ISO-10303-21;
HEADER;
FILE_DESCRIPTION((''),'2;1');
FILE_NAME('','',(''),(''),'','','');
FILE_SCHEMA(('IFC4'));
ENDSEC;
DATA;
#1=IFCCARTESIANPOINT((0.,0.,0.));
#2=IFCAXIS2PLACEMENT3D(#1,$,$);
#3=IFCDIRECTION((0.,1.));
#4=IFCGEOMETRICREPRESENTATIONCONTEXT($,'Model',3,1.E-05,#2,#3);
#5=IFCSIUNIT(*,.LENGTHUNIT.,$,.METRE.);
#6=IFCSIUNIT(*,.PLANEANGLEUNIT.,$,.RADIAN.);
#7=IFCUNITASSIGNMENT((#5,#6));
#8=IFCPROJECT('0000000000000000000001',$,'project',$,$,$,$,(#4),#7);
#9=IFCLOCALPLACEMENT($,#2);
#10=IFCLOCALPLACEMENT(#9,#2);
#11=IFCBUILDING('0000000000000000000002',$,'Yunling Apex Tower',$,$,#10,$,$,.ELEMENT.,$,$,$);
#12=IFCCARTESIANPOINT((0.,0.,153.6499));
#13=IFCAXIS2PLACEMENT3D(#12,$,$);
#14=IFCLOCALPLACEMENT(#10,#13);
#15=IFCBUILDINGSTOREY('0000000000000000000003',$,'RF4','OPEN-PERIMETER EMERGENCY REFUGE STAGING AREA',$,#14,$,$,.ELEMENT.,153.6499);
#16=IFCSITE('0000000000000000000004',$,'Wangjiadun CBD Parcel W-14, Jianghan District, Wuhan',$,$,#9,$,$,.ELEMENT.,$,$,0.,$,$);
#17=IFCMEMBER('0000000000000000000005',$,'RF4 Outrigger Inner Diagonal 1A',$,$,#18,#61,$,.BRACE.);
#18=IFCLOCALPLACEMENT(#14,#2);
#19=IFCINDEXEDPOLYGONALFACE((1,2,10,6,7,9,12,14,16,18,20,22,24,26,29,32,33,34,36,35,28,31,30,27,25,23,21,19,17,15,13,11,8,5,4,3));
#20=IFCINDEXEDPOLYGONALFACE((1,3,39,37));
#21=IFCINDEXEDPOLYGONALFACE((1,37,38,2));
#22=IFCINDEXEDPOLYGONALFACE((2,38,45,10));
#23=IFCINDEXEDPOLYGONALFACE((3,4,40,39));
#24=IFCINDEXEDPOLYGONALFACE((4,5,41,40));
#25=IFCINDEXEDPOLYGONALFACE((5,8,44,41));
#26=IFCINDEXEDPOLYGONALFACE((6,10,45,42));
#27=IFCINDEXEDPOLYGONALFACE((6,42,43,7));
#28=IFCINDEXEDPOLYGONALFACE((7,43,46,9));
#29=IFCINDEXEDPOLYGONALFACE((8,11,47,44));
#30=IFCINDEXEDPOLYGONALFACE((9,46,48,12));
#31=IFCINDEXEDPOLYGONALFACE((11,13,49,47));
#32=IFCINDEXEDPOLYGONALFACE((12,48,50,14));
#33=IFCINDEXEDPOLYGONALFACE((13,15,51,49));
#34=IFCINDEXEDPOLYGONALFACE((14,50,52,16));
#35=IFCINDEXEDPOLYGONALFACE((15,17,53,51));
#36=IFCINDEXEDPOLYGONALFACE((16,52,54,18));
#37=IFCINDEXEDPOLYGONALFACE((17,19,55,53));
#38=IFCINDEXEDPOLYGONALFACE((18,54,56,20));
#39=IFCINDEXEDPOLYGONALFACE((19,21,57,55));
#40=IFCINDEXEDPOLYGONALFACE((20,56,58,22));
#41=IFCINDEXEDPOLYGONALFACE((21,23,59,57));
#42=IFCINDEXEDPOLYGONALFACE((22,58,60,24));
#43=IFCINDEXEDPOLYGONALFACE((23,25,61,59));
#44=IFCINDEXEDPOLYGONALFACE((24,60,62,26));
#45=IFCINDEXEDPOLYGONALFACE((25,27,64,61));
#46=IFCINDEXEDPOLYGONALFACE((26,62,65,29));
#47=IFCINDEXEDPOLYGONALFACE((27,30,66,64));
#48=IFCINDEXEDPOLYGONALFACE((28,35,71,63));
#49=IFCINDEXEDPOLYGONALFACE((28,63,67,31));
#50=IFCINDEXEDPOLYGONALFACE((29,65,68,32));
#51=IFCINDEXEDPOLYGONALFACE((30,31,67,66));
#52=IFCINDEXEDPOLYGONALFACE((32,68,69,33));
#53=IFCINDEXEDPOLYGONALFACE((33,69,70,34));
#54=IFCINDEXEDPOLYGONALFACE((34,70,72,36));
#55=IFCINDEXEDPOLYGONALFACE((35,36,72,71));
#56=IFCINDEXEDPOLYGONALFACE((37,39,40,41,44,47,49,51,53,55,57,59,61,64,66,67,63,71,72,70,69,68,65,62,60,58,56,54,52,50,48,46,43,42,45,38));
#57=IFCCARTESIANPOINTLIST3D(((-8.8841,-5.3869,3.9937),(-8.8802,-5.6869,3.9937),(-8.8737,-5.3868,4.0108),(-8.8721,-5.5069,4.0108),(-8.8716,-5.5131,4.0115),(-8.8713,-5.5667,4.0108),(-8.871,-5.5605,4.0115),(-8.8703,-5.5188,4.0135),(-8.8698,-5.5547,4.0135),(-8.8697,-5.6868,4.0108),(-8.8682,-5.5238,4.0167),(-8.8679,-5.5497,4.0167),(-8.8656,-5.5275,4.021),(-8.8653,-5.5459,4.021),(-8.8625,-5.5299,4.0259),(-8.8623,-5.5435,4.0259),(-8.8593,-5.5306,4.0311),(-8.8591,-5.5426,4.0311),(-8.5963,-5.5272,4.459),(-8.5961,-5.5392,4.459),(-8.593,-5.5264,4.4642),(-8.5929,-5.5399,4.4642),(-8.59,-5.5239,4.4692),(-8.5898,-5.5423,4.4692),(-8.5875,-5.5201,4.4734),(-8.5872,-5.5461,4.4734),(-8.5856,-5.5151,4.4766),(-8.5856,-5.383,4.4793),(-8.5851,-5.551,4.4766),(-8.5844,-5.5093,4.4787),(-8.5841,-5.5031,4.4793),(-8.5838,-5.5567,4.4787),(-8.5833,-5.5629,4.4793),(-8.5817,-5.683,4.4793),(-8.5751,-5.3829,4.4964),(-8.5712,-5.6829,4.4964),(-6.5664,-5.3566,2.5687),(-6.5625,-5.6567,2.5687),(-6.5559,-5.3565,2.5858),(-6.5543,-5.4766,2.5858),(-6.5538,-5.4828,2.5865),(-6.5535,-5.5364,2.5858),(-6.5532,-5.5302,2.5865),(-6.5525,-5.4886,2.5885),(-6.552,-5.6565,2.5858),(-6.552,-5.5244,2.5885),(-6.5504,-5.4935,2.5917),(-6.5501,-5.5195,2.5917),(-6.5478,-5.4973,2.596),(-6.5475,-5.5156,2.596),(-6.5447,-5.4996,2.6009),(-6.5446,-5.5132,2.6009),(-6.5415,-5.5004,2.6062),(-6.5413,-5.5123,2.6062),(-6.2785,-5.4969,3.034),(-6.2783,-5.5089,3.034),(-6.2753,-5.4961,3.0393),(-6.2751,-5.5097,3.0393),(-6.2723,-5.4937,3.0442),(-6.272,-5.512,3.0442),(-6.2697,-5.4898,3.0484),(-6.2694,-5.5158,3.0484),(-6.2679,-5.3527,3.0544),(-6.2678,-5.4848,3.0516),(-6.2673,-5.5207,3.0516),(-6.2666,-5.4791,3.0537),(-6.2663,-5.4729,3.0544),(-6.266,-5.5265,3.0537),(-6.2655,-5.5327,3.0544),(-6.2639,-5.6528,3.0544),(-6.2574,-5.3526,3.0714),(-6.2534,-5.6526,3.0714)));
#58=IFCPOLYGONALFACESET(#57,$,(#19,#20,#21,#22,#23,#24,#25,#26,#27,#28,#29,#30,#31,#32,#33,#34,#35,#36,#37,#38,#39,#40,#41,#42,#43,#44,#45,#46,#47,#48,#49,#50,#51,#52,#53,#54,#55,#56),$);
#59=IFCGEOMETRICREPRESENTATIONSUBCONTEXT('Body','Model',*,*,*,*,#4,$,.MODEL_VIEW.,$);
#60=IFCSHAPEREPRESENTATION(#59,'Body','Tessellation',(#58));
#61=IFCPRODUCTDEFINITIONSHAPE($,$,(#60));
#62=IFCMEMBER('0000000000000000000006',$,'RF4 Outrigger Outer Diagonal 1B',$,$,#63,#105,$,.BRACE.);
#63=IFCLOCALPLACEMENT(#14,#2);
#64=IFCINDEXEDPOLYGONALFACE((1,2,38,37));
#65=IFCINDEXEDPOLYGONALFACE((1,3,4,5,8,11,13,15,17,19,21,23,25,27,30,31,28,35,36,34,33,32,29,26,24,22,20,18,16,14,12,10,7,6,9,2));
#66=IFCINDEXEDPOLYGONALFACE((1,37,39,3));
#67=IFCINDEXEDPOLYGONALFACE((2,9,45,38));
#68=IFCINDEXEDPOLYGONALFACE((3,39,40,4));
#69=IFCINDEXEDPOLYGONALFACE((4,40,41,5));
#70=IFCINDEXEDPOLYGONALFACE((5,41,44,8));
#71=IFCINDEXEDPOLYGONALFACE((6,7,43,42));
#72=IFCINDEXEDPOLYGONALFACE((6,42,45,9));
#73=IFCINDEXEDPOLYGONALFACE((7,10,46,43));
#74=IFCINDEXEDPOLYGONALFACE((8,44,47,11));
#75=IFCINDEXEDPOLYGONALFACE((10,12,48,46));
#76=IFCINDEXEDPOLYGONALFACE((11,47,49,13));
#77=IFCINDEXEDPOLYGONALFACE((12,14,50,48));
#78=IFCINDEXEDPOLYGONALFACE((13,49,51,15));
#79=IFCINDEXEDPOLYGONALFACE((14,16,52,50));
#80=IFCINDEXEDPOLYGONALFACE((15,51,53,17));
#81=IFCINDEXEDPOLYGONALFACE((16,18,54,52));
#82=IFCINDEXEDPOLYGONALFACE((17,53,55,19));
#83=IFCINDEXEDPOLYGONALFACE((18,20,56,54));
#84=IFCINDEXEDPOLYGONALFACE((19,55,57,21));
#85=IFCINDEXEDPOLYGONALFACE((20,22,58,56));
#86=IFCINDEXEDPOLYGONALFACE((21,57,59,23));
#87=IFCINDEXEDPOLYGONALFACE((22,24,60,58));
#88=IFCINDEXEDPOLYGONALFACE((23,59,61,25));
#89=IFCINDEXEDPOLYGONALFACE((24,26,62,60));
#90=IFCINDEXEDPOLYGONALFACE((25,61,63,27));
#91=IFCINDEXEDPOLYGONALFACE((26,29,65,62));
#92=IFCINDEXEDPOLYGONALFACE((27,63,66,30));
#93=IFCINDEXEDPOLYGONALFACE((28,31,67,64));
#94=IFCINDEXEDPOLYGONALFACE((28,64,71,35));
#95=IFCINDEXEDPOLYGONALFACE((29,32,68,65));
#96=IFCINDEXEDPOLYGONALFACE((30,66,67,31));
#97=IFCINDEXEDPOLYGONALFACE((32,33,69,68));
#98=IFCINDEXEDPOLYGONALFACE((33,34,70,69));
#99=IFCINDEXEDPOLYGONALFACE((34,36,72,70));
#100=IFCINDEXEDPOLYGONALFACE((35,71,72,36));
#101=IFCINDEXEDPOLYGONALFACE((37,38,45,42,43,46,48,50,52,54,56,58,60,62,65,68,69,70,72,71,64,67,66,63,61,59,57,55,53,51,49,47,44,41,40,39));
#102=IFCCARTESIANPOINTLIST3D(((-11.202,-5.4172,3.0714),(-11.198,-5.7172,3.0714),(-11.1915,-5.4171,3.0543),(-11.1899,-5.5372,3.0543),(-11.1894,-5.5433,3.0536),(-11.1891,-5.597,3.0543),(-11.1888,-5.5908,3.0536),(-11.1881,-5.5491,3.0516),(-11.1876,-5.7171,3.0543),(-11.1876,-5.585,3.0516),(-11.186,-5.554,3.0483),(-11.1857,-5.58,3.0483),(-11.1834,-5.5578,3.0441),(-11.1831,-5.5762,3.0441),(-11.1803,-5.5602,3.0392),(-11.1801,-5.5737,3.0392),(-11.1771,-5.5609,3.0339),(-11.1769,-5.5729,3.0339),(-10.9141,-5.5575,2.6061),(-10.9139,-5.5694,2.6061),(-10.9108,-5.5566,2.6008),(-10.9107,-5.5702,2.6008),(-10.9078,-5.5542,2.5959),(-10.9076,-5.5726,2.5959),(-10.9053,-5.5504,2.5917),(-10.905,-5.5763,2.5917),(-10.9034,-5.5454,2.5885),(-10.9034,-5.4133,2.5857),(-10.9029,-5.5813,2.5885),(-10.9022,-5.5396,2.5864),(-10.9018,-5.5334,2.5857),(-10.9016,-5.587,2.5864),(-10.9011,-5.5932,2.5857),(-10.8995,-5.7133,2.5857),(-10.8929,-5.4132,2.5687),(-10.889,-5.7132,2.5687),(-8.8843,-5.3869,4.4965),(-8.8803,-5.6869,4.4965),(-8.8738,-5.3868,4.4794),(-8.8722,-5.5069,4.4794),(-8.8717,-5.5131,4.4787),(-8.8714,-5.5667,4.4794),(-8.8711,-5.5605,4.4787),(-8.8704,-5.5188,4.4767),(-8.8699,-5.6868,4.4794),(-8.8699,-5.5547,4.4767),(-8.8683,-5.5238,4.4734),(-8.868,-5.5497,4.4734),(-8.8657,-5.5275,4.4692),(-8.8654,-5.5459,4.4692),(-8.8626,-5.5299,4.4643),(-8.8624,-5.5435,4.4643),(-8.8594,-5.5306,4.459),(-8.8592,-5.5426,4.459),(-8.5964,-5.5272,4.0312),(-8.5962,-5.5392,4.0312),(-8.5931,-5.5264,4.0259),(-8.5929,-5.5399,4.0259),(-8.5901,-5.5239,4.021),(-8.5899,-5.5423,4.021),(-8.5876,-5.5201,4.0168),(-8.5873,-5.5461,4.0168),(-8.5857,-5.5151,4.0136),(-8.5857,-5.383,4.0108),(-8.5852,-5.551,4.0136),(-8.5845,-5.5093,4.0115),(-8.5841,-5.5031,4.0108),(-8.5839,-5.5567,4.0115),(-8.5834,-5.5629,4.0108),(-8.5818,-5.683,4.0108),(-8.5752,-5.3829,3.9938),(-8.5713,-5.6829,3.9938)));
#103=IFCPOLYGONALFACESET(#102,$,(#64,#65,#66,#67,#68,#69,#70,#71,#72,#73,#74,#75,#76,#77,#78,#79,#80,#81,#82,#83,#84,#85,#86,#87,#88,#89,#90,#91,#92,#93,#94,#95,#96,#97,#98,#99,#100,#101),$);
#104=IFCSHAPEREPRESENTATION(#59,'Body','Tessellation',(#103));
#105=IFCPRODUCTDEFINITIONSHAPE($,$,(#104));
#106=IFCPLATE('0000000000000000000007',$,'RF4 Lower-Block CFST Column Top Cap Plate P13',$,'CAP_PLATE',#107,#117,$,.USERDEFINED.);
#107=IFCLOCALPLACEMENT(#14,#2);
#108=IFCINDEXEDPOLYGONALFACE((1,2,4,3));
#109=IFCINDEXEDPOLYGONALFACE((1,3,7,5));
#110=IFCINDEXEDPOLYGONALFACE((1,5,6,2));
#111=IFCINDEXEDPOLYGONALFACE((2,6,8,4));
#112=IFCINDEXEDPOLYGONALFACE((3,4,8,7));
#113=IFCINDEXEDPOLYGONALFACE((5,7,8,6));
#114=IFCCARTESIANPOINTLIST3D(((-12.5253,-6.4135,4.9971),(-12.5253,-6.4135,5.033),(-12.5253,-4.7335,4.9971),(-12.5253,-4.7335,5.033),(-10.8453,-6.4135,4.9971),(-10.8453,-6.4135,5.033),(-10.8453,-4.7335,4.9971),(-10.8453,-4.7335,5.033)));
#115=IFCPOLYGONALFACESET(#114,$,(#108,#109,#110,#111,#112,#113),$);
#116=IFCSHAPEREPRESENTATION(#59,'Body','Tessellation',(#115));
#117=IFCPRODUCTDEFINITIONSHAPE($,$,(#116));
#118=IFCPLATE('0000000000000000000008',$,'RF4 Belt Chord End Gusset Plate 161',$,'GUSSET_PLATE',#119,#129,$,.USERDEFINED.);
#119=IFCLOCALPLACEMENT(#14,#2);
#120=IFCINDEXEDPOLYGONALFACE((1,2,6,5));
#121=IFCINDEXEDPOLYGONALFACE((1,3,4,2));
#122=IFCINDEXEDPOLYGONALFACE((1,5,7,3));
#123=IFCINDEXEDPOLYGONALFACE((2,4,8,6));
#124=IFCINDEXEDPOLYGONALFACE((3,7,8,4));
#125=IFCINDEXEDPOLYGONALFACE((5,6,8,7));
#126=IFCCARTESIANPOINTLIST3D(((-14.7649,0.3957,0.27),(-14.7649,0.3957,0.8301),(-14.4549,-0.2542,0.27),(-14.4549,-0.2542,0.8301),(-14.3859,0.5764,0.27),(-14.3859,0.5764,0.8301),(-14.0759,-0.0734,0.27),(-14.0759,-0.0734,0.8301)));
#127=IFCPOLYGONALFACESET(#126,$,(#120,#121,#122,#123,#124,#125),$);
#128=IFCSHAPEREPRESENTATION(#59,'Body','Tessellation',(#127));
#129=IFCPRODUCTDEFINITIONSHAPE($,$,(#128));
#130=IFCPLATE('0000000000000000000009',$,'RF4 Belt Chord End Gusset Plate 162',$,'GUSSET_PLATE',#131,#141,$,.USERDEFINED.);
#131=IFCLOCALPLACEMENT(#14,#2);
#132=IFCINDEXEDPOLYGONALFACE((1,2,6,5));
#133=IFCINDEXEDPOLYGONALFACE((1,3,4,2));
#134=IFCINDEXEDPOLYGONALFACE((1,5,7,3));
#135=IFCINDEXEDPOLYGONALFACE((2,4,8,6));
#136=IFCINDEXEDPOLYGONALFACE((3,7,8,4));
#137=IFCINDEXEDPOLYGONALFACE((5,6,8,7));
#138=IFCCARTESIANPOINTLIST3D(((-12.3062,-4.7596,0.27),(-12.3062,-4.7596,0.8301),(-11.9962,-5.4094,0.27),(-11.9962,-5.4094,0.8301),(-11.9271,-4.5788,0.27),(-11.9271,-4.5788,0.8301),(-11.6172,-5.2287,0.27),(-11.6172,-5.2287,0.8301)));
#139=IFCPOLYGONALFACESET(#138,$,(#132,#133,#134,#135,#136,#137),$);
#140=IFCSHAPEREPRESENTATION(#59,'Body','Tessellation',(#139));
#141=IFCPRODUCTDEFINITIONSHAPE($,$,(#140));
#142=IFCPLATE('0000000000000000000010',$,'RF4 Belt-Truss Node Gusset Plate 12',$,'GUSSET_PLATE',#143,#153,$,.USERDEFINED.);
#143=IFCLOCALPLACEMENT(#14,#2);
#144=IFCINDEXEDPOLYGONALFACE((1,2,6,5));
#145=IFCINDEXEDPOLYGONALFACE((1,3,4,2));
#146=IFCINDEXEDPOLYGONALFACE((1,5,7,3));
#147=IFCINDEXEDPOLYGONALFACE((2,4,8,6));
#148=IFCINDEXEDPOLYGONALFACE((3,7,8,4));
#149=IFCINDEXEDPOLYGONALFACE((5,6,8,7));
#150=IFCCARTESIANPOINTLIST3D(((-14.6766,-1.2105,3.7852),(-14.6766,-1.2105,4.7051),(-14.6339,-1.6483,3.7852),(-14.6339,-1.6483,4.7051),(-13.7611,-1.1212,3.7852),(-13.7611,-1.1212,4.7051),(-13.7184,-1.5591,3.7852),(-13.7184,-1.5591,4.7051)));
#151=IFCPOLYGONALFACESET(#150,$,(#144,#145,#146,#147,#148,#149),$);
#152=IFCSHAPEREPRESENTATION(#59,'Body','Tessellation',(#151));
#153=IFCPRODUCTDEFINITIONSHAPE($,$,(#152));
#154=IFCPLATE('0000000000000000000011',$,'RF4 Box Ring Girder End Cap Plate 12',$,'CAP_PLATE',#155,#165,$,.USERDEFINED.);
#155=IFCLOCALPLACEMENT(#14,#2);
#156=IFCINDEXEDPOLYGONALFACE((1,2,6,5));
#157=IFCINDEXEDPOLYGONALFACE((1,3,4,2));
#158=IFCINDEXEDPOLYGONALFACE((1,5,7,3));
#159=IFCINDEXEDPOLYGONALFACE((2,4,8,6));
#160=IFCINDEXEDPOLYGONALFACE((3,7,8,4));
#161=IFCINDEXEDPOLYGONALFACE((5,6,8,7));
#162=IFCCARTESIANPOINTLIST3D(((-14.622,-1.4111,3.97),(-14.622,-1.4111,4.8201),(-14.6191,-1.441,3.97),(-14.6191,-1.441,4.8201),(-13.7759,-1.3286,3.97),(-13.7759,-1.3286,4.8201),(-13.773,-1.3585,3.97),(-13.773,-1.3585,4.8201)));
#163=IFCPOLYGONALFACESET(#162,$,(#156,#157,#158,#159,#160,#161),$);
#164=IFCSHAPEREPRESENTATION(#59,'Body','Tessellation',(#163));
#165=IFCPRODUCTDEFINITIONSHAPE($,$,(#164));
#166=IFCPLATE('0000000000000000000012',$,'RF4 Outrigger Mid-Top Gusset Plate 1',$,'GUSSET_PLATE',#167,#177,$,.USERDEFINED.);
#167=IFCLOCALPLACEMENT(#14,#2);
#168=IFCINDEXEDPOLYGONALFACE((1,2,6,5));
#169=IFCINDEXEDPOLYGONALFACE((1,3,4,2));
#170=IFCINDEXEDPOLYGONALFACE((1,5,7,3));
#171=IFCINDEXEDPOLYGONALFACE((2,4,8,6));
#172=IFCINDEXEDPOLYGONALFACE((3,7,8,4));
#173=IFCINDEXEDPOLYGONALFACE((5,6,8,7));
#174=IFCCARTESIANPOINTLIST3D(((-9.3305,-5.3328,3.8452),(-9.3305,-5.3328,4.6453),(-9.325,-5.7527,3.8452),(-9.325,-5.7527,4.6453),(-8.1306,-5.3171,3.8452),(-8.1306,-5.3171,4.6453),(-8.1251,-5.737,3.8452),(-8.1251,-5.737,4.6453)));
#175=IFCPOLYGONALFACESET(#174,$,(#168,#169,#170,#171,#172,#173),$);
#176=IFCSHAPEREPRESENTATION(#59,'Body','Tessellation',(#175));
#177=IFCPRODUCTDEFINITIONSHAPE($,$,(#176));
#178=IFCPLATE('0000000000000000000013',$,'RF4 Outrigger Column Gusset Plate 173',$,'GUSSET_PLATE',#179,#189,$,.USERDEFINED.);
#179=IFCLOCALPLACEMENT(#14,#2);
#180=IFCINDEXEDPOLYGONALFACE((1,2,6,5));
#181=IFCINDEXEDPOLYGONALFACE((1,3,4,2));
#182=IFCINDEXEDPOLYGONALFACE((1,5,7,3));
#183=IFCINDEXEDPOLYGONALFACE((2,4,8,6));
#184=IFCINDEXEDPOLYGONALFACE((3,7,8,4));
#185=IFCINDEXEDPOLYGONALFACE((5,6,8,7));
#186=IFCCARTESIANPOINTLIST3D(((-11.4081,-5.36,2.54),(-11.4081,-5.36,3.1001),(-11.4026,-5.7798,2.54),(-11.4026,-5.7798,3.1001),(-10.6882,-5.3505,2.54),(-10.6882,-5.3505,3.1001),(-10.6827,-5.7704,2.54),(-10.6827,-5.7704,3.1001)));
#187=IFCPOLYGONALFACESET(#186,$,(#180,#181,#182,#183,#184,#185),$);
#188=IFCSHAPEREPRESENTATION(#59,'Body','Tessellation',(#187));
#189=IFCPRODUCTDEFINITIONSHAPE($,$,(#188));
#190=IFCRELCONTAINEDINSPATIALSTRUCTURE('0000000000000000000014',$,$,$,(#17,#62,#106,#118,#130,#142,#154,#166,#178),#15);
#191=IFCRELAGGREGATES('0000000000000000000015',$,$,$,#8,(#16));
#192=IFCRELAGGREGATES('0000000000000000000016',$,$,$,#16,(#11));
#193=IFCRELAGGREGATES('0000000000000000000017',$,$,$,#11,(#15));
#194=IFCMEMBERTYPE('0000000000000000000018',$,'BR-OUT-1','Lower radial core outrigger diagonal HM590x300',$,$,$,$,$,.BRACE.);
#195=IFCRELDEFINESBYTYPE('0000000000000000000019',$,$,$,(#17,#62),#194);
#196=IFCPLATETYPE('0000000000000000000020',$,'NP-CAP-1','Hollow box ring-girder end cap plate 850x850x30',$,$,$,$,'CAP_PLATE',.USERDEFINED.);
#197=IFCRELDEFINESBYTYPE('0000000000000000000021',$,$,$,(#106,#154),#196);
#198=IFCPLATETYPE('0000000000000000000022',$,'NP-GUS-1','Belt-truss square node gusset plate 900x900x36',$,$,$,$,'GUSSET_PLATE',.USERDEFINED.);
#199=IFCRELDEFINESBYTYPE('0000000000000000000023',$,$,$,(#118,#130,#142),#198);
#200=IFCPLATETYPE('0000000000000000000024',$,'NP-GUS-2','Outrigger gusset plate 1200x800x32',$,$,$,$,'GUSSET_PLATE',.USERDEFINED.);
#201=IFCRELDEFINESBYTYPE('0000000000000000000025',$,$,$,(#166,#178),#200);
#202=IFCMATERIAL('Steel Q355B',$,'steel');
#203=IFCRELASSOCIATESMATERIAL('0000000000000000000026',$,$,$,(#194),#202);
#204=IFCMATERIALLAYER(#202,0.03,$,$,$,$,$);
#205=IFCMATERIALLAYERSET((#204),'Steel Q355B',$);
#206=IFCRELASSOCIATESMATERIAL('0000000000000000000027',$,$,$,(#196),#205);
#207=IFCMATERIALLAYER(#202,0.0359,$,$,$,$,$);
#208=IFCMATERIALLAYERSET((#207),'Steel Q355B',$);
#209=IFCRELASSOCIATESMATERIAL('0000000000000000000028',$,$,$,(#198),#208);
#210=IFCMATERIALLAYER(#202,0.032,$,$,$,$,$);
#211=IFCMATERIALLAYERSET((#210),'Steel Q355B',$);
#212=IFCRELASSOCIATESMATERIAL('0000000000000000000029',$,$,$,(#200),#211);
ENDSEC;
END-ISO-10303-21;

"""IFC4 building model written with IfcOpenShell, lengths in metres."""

from ifc_helpers import new_model, si_unit, direction, frame, origin, origin_2d, place, context, subcontext, project, spatial, rectangle, i_section, extrude, source, transform, mapped, material, layer, layer_set, material_profile, profile_set, type_object, element, save


model = new_model("IFC4")

# Units and contexts
model_context = context("Model", 3, precision=1e-05, world=origin(), true_north=direction((0.0, 1.0)))
body_context = subcontext(model_context, "Body", "Model", "MODEL_VIEW")
ifc_project = project(units=[si_unit("LENGTHUNIT", "METRE"), si_unit("PLANEANGLEUNIT", "RADIAN")], contexts=[model_context])

# Site, building, storey
site_placement = place(None, origin())
site = spatial("IfcSite", under=ifc_project, at=site_placement, Name="Wangjiadun CBD Parcel W-14, Jianghan District, Wuhan", CompositionType="ELEMENT", RefElevation=0.0)
building_placement = place(site_placement, origin())
building = spatial("IfcBuilding", under=site, at=building_placement, Name="Yunling Apex Tower", CompositionType="ELEMENT")
storey_placement = place(building_placement, frame((0.0, 0.0, 153.6499)))
storey = spatial("IfcBuildingStorey", under=building, at=storey_placement, Name="RF4", Description="OPEN-PERIMETER EMERGENCY REFUGE STAGING AREA", CompositionType="ELEMENT", Elevation=153.6499)

# Shared definitions
ifc_material_1 = material(Name="Steel Q355B", Category="steel")

# Members
ifc_material_profile_1 = material_profile(ifc_material_1, i_section(OverallWidth=0.3, OverallDepth=0.5901, WebThickness=0.012, FlangeThickness=0.02, FilletRadius=0.0239, at=origin_2d()))
ifc_profile_set_1 = profile_set([ifc_material_profile_1], Name="Steel Q355B")
member_type_1 = type_object("IfcMemberType", Name="BR-OUT-1", Description="Lower radial core outrigger diagonal HM590x300", PredefinedType="BRACE", material=ifc_profile_set_1)
shared_shape_1 = source(origin(), body_context, "Body", "SweptSolid", [
    extrude(i_section(OverallWidth=0.3, OverallDepth=0.5901, WebThickness=0.012, FlangeThickness=0.02, FilletRadius=0.0239, at=origin_2d()), origin(), (0.0, 0.0, 1.0), 2.7209),
])
for number, where, z_axis, x_axis, name in (
    (1, (-6.4099, -5.5046, 2.8201), (-0.851824, -0.011126, 0.52371), (0.01306, -0.999915, 0.0), "RF4 Outrigger Inner Diagonal 1A"),
    (2, (-8.7278, -5.5349, 4.2451), (-0.8518, -0.011126, -0.52375), (0.013061, -0.999915, 0.0), "RF4 Outrigger Outer Diagonal 1B"),
):
    element("IfcMember", number, at=place(storey_placement, frame(where, z_axis=z_axis, x_axis=x_axis)), inside=storey, type_object=member_type_1, Name=name, PredefinedType="BRACE", context=body_context, shape_type="MappedRepresentation", body=[
        mapped(shared_shape_1, transform((0.0, 0.0, 0.0), scale=1.0)),
    ])

# Plates
ifc_layer_1 = layer(ifc_material_1, 0.03)
ifc_layer_set_1 = layer_set([ifc_layer_1], Name="Steel Q355B")
plate_type_1 = type_object("IfcPlateType", Name="NP-CAP-1", Description="Hollow box ring-girder end cap plate 850x850x30", ElementType="CAP_PLATE", PredefinedType="USERDEFINED", material=ifc_layer_set_1)
shared_shape_2 = source(origin(), body_context, "Body", "SweptSolid", [
    extrude(rectangle(XDim=1.6799, YDim=1.6799, at=origin_2d()), origin(), (0.0, 0.0, 1.0), 0.0359),
])
plate_1_placement = place(storey_placement, frame((-11.6853, -5.5735, 4.9971), z_axis=(0.0, 0.0, 1.0), x_axis=(1.0, 0.0, 0.0)))
element("IfcPlate", 3, at=plate_1_placement, inside=storey, type_object=plate_type_1, Name="RF4 Lower-Block CFST Column Top Cap Plate P13", ObjectType="CAP_PLATE", PredefinedType="USERDEFINED", context=body_context, shape_type="MappedRepresentation", body=[
    mapped(shared_shape_2, transform((0.0, 0.0, 0.0), scale=1.0)),
])
ifc_layer_2 = layer(ifc_material_1, 0.0359)
ifc_layer_set_2 = layer_set([ifc_layer_2], Name="Steel Q355B")
plate_type_2 = type_object("IfcPlateType", Name="NP-GUS-1", Description="Belt-truss square node gusset plate 900x900x36", ElementType="GUSSET_PLATE", PredefinedType="USERDEFINED", material=ifc_layer_set_2)
shared_shape_3 = source(origin(), body_context, "Body", "SweptSolid", [
    extrude(rectangle(XDim=0.72, YDim=0.4199, at=origin_2d()), origin(), (0.0, 0.0, 1.0), 0.5601),
])
for number, where, z_axis, x_axis, name in (
    (4, (-14.4204, 0.1611, 0.27), (0.0, 0.0, 1.0), (0.430511, -0.902585, 0.0), "RF4 Belt Chord End Gusset Plate 161"),
    (5, (-11.9617, -4.9941, 0.27), (0.0, 0.0, 1.0), (0.430511, -0.902585, 0.0), "RF4 Belt Chord End Gusset Plate 162"),
):
    element("IfcPlate", number, at=place(storey_placement, frame(where, z_axis=z_axis, x_axis=x_axis)), inside=storey, type_object=plate_type_2, Name=name, ObjectType="GUSSET_PLATE", PredefinedType="USERDEFINED", context=body_context, shape_type="MappedRepresentation", body=[
        mapped(shared_shape_3, transform((0.0, 0.0, 0.0), scale=1.0)),
    ])
shared_shape_4 = source(origin(), body_context, "Body", "SweptSolid", [
    extrude(rectangle(XDim=0.9199, YDim=0.4399, at=origin_2d()), origin(), (0.0, 0.0, 1.0), 0.9199),
])
plate_2_placement = place(storey_placement, frame((-14.1975, -1.3848, 3.7852), z_axis=(0.0, 0.0, 1.0), x_axis=(-0.995278, -0.097062, 0.0)))
element("IfcPlate", 6, at=plate_2_placement, inside=storey, type_object=plate_type_2, Name="RF4 Belt-Truss Node Gusset Plate 12", ObjectType="GUSSET_PLATE", PredefinedType="USERDEFINED", context=body_context, shape_type="MappedRepresentation", body=[
    mapped(shared_shape_4, transform((0.0, 0.0, 0.0), scale=1.0)),
])
shared_shape_5 = source(origin(), body_context, "Body", "SweptSolid", [
    extrude(rectangle(XDim=0.8501, YDim=0.03, at=origin_2d()), origin(), (0.0, 0.0, 1.0), 0.8501),
])
plate_3_placement = place(storey_placement, frame((-14.1975, -1.3848, 3.97), z_axis=(0.0, 0.0, 1.0), x_axis=(-0.995278, -0.097062, 0.0)))
element("IfcPlate", 7, at=plate_3_placement, inside=storey, type_object=plate_type_1, Name="RF4 Box Ring Girder End Cap Plate 12", ObjectType="CAP_PLATE", PredefinedType="USERDEFINED", context=body_context, shape_type="MappedRepresentation", body=[
    mapped(shared_shape_5, transform((0.0, 0.0, 0.0), scale=1.0)),
])
ifc_layer_3 = layer(ifc_material_1, 0.032)
ifc_layer_set_3 = layer_set([ifc_layer_3], Name="Steel Q355B")
plate_type_3 = type_object("IfcPlateType", Name="NP-GUS-2", Description="Outrigger gusset plate 1200x800x32", ElementType="GUSSET_PLATE", PredefinedType="USERDEFINED", material=ifc_layer_set_3)
shared_shape_6 = source(origin(), body_context, "Body", "SweptSolid", [
    extrude(rectangle(XDim=1.2, YDim=0.4199, at=origin_2d()), origin(), (0.0, 0.0, 1.0), 0.8),
])
plate_4_placement = place(storey_placement, frame((-8.7278, -5.5349, 3.8452), z_axis=(0.0, 0.0, 1.0), x_axis=(-0.999914, -0.01309, 0.0)))
element("IfcPlate", 8, at=plate_4_placement, inside=storey, type_object=plate_type_3, Name="RF4 Outrigger Mid-Top Gusset Plate 1", ObjectType="GUSSET_PLATE", PredefinedType="USERDEFINED", context=body_context, shape_type="MappedRepresentation", body=[
    mapped(shared_shape_6, transform((0.0, 0.0, 0.0), scale=1.0)),
])
shared_shape_7 = source(origin(), body_context, "Body", "SweptSolid", [
    extrude(rectangle(XDim=0.72, YDim=0.4199, at=origin_2d()), origin(), (0.0, 0.0, 1.0), 0.5601),
])
plate_5_placement = place(storey_placement, frame((-11.0454, -5.5652, 2.54), z_axis=(0.0, 0.0, 1.0), x_axis=(-0.999914, -0.01309, 0.0)))
element("IfcPlate", 9, at=plate_5_placement, inside=storey, type_object=plate_type_3, Name="RF4 Outrigger Column Gusset Plate 173", ObjectType="GUSSET_PLATE", PredefinedType="USERDEFINED", context=body_context, shape_type="MappedRepresentation", body=[
    mapped(shared_shape_7, transform((0.0, 0.0, 0.0), scale=1.0)),
])

save(model, "model.ifc")
